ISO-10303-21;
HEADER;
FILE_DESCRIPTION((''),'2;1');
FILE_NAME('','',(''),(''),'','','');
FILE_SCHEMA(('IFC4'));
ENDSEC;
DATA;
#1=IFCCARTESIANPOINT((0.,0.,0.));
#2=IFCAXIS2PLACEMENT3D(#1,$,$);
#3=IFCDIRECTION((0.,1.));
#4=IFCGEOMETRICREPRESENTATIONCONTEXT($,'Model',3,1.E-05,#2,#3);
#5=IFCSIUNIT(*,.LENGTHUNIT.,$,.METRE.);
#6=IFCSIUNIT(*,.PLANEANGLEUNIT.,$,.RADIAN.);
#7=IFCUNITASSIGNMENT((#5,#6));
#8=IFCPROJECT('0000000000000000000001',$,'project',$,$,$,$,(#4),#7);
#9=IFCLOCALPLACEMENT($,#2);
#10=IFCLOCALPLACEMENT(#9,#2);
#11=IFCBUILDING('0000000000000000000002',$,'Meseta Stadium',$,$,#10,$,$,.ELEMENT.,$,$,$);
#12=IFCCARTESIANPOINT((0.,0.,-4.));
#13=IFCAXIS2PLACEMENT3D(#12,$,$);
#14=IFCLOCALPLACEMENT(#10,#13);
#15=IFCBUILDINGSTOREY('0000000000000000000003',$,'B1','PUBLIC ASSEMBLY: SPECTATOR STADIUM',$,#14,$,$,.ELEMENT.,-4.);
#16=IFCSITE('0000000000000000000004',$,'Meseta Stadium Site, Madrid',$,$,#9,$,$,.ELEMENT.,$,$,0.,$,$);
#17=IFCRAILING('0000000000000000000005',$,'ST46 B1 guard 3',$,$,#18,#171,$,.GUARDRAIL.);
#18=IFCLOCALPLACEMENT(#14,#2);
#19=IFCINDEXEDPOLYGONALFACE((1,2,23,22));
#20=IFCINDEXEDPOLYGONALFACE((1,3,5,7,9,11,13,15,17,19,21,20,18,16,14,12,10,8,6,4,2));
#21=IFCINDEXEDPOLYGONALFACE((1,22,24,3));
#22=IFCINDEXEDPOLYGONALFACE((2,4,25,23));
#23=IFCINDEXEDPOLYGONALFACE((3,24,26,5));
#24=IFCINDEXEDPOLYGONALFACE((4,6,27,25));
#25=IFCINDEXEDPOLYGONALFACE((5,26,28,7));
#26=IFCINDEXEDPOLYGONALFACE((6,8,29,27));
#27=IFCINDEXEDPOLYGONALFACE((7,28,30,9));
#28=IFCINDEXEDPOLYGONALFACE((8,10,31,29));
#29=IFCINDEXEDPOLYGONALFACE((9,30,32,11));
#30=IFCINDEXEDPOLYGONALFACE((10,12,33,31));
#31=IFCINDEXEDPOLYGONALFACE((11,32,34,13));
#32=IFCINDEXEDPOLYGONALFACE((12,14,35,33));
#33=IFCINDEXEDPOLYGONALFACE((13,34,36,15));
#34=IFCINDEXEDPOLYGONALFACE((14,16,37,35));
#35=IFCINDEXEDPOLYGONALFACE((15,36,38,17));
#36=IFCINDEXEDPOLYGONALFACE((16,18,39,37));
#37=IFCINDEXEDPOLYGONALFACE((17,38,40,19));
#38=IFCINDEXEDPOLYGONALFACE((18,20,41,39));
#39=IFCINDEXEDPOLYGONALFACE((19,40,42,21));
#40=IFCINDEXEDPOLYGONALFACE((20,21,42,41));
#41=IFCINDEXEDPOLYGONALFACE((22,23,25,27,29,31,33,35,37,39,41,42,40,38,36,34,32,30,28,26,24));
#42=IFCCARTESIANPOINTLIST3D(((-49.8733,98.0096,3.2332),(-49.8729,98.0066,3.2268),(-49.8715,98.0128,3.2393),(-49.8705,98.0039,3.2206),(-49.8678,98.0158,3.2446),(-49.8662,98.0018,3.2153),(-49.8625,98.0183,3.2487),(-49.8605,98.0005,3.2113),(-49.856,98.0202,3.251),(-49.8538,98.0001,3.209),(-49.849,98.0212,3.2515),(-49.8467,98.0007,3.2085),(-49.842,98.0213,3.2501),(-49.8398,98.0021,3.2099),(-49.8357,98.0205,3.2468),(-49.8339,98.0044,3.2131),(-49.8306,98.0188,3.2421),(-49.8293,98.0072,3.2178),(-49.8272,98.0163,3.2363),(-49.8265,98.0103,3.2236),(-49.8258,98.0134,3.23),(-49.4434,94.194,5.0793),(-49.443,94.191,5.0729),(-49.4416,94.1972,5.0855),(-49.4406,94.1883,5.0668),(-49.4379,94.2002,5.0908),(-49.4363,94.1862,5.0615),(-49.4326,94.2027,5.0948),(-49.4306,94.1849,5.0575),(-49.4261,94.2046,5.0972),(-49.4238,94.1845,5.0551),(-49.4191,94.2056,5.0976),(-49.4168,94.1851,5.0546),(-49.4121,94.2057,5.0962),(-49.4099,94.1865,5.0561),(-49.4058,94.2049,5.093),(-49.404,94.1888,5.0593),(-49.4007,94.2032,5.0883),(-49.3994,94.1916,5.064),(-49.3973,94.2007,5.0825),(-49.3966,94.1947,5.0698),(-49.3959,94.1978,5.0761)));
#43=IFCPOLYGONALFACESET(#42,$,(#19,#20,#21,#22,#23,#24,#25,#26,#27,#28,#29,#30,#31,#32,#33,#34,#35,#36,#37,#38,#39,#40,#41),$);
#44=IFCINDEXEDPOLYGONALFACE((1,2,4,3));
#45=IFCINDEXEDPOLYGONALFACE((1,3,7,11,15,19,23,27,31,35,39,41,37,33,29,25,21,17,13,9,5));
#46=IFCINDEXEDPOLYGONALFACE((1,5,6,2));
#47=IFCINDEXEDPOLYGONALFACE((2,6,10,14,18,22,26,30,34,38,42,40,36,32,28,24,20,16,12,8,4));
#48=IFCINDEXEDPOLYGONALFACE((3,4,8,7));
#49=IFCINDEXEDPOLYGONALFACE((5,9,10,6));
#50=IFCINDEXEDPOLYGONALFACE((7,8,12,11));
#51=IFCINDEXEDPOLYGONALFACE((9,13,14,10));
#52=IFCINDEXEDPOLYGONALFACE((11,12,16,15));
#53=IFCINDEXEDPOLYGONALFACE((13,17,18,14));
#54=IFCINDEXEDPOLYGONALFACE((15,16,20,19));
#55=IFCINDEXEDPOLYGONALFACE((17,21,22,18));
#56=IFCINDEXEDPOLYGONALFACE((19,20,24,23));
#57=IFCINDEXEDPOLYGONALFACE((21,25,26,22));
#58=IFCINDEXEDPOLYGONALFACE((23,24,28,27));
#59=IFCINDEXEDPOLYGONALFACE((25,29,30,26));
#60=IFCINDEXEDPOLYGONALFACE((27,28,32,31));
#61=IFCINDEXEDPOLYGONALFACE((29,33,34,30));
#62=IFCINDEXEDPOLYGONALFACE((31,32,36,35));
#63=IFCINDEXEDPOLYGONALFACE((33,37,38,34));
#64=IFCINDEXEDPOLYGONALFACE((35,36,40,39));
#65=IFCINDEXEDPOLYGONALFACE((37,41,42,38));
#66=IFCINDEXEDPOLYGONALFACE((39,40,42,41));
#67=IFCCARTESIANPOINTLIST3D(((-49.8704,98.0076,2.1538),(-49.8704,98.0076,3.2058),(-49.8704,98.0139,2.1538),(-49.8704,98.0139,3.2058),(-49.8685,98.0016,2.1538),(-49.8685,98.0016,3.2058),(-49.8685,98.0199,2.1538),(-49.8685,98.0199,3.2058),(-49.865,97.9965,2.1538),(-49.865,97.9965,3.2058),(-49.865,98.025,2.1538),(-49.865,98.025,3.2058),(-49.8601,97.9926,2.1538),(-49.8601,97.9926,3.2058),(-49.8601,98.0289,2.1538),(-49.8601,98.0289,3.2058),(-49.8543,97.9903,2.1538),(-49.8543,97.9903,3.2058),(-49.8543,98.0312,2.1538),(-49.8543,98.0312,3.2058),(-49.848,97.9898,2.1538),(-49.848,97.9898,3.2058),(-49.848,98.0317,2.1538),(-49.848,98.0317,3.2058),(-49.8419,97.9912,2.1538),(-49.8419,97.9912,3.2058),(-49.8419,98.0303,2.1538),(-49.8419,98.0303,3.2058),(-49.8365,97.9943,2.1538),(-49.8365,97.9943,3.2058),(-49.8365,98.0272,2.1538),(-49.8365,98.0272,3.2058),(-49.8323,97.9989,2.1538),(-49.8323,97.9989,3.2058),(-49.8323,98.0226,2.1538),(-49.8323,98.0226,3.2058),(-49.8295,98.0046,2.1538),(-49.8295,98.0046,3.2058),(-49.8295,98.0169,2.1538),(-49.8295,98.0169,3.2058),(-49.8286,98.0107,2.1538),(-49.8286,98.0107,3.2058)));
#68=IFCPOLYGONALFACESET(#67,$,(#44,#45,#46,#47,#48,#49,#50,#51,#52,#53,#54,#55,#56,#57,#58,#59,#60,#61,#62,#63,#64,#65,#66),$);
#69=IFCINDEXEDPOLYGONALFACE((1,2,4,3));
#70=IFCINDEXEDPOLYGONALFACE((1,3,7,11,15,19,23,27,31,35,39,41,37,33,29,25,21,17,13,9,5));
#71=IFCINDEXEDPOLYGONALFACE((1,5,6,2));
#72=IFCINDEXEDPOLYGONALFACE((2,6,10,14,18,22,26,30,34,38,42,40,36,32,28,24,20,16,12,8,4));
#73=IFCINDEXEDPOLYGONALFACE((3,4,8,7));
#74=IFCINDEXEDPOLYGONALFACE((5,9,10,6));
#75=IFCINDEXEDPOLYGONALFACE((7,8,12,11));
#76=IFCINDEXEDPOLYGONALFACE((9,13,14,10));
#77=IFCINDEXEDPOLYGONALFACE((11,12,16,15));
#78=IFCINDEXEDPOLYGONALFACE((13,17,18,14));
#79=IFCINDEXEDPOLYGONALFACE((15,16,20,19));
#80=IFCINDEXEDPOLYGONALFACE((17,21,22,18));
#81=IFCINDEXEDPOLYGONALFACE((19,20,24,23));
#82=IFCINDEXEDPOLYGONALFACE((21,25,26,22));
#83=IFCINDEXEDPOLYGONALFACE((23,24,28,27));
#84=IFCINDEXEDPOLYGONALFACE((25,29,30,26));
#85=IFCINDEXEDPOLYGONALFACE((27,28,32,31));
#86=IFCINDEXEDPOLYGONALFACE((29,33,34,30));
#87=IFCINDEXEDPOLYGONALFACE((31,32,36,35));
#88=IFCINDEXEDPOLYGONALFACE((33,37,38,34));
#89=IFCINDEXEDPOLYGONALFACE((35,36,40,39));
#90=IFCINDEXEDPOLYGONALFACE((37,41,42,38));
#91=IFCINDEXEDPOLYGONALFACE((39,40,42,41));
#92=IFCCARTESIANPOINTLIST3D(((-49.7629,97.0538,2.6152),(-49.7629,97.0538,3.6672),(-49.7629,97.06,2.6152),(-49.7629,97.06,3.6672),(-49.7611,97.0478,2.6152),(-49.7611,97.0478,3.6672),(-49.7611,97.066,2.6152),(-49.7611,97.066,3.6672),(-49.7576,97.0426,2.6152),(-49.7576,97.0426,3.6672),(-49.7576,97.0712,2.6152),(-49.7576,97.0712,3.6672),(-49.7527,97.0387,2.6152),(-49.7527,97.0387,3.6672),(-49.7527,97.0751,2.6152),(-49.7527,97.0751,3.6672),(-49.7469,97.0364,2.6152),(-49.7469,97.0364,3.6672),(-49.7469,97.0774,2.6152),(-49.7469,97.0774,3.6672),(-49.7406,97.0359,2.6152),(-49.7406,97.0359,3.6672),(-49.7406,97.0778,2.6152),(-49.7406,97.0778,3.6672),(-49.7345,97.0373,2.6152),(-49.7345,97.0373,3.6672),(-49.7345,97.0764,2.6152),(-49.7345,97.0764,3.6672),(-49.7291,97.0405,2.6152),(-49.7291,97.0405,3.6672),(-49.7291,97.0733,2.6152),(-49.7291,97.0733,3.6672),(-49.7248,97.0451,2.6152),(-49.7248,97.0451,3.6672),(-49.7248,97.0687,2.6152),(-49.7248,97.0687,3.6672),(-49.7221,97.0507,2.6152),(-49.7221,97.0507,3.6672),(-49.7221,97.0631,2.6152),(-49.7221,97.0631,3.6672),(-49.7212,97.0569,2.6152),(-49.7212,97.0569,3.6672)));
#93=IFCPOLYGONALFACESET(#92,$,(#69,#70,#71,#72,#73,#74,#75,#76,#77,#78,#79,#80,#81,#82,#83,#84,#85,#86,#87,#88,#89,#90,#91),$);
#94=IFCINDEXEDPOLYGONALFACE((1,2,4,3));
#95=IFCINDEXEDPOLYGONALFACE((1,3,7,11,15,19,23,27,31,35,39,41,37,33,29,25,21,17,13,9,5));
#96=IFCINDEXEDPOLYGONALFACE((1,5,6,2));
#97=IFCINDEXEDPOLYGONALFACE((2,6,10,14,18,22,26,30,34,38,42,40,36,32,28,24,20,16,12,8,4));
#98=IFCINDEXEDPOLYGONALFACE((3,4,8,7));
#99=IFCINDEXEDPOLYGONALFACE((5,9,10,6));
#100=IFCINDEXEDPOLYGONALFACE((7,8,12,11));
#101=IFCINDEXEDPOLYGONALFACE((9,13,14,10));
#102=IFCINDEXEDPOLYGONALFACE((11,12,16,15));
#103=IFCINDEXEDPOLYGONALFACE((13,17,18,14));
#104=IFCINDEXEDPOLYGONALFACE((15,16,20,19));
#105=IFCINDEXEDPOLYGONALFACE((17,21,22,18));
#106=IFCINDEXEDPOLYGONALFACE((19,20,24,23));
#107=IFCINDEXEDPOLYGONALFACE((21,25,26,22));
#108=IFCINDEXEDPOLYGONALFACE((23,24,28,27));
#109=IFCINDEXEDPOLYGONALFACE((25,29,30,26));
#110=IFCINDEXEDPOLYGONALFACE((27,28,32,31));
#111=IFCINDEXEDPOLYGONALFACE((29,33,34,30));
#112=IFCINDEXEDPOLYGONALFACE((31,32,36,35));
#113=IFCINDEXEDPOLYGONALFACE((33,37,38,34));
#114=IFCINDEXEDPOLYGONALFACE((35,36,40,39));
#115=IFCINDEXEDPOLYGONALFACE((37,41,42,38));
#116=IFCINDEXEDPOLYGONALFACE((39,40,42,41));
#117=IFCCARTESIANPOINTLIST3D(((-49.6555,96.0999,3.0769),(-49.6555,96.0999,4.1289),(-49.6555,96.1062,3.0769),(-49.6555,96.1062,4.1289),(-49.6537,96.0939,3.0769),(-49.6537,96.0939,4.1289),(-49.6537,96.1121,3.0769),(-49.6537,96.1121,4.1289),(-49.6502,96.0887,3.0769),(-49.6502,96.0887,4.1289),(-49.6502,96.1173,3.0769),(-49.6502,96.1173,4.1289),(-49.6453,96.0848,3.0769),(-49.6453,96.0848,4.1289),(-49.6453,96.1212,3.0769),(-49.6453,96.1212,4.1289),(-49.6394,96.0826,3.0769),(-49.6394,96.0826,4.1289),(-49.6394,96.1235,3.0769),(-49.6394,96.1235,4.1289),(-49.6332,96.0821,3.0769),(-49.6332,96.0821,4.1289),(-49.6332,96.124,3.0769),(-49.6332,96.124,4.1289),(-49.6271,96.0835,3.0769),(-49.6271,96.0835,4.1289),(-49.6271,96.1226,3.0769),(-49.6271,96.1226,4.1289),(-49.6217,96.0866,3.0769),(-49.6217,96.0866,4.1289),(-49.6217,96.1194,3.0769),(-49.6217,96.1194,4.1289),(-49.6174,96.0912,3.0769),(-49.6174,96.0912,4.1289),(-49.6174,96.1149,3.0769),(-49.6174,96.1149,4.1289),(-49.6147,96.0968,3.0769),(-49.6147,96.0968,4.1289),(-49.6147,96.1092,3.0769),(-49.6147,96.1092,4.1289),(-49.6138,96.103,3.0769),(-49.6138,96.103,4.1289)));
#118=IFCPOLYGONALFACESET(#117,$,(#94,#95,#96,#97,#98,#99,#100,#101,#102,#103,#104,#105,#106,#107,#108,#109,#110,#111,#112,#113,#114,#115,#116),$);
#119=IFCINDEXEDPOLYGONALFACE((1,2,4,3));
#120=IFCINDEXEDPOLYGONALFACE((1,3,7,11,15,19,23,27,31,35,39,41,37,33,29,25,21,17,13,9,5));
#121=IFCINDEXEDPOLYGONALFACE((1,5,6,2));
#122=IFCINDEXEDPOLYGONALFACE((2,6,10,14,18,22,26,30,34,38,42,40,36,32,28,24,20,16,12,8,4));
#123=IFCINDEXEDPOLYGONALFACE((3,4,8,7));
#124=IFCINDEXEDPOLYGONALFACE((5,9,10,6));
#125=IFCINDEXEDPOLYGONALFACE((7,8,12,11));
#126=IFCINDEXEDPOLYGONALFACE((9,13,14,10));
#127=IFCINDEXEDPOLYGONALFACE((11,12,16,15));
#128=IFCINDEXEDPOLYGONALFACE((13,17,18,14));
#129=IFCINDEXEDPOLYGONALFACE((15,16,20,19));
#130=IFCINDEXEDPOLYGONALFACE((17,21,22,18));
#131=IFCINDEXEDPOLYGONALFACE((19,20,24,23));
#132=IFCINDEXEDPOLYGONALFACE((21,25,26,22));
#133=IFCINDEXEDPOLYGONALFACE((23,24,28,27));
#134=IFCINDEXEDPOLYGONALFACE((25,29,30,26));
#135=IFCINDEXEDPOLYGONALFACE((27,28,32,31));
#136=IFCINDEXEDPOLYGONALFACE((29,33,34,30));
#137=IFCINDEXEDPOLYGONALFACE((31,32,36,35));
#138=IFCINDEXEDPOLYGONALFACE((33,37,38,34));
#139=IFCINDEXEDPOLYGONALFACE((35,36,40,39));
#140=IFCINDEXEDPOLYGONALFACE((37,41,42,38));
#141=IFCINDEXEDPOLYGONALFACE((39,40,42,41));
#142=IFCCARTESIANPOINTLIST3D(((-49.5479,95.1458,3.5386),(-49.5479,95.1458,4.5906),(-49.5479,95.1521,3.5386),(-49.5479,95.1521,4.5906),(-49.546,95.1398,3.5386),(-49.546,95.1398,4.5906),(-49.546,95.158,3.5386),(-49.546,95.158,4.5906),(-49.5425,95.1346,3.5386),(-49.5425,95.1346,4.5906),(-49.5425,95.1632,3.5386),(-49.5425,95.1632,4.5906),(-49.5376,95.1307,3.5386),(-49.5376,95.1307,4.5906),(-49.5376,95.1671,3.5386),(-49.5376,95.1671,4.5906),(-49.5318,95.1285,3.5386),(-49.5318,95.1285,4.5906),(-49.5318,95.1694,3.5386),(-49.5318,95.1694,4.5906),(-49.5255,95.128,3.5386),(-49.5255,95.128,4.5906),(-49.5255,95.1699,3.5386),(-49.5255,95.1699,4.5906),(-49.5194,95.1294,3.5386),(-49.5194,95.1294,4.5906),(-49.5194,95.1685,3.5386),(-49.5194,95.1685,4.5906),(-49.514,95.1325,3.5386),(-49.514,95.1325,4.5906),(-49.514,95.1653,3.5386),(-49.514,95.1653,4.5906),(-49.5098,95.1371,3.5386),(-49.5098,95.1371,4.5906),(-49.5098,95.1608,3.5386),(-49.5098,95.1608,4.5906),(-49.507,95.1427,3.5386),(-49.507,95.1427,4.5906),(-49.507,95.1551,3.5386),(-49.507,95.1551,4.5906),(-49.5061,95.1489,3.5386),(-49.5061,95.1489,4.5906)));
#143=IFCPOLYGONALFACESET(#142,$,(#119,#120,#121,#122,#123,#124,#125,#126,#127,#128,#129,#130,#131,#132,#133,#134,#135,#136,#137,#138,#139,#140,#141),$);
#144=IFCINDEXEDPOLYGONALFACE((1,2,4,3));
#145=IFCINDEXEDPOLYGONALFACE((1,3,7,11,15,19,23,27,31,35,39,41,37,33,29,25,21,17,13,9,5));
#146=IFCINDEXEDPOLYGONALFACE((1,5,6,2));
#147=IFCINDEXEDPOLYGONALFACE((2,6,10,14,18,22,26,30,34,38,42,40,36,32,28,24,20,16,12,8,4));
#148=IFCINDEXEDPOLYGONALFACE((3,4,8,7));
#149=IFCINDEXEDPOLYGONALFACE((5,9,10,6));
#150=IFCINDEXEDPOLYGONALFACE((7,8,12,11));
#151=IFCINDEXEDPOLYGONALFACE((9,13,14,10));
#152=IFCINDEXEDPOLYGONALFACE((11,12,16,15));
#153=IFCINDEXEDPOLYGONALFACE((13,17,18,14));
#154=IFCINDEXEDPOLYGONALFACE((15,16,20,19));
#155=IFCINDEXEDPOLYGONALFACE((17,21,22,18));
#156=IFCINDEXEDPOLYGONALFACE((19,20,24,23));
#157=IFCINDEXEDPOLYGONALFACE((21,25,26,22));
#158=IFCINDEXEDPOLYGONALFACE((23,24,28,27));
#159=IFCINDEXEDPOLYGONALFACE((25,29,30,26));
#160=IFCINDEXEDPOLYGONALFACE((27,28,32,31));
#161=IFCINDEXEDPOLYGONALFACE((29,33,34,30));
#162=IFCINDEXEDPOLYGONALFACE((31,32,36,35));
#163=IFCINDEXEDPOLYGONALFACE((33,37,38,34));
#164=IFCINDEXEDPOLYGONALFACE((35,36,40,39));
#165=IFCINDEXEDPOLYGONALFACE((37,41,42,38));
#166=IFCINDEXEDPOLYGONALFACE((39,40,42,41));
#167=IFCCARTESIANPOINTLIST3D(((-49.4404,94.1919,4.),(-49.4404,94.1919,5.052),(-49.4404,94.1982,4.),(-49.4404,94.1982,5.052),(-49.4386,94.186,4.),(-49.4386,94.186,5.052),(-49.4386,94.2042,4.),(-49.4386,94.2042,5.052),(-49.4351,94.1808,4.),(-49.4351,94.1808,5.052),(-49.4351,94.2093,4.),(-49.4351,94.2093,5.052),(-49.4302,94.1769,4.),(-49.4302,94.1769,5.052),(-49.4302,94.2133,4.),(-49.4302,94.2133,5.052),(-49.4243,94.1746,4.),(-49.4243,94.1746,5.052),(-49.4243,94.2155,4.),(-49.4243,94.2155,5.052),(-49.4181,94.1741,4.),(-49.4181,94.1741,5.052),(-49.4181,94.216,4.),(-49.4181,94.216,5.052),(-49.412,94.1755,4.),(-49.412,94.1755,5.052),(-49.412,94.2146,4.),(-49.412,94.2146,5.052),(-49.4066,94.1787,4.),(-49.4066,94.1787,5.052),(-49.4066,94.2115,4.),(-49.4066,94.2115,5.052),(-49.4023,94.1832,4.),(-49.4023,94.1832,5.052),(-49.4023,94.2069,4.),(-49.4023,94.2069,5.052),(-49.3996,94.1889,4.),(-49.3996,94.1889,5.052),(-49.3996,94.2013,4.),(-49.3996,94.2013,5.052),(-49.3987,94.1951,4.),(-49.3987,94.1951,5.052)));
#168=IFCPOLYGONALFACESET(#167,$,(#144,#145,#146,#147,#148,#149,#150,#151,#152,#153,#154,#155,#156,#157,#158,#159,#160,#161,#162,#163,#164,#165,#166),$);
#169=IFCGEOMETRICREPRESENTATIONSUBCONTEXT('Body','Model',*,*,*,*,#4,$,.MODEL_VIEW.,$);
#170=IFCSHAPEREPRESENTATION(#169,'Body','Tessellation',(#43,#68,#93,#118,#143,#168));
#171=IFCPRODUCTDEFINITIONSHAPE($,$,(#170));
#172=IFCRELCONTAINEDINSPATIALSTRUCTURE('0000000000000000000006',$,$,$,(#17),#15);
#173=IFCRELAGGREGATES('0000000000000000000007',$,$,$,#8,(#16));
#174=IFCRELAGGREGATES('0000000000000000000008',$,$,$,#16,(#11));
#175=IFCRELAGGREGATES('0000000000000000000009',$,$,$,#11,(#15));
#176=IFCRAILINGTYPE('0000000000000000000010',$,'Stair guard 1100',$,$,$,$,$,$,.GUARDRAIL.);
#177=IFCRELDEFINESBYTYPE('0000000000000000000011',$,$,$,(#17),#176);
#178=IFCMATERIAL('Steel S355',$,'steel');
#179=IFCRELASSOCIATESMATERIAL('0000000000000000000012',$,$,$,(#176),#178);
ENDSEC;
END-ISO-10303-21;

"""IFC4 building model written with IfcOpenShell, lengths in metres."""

from ifc_helpers import new_model, si_unit, direction, frame, origin, origin_2d, place, context, subcontext, project, spatial, circle, extrude, material, type_object, element, save


model = new_model("IFC4")

# Units and contexts
model_context = context("Model", 3, precision=1e-05, world=origin(), true_north=direction((0.0, 1.0)))
body_context = subcontext(model_context, "Body", "Model", "MODEL_VIEW")
ifc_project = project(units=[si_unit("LENGTHUNIT", "METRE"), si_unit("PLANEANGLEUNIT", "RADIAN")], contexts=[model_context])

# Site, building, storey
site_placement = place(None, origin())
site = spatial("IfcSite", under=ifc_project, at=site_placement, Name="Meseta Stadium Site, Madrid", CompositionType="ELEMENT", RefElevation=0.0)
building_placement = place(site_placement, origin())
building = spatial("IfcBuilding", under=site, at=building_placement, Name="Meseta Stadium", CompositionType="ELEMENT")
storey_placement = place(building_placement, frame((0.0, 0.0, -4.0)))
storey = spatial("IfcBuildingStorey", under=building, at=storey_placement, Name="B1", Description="PUBLIC ASSEMBLY: SPECTATOR STADIUM", CompositionType="ELEMENT", Elevation=-4.0)

# Railing
ifc_material_1 = material(Name="Steel S355", Category="steel")
railing_type_1 = type_object("IfcRailingType", Name="Stair guard 1100", PredefinedType="GUARDRAIL", material=ifc_material_1)
railing_1_placement = place(storey_placement, frame((-49.8496, 98.0107, 2.1538)))
element("IfcRailing", 1, at=railing_1_placement, inside=storey, type_object=railing_type_1, Name="ST46 B1 guard 3", PredefinedType="GUARDRAIL", context=body_context, shape_type="SweptSolid", body=[
    extrude(circle(Radius=0.0239, at=origin_2d()), frame((0.0, 0.0, 1.0762), z_axis=(0.100909, -0.895574, 0.433318), x_axis=(0.993712, 0.111967, 0.0)), (0.0, 0.0, 1.0), 4.2605),
    extrude(circle(Radius=0.021, at=origin_2d()), origin(), (0.0, 0.0, 1.0), 1.052),
    extrude(circle(Radius=0.021, at=origin_2d()), frame((0.1074, -0.9539, 0.4614)), (0.0, 0.0, 1.0), 1.052),
    extrude(circle(Radius=0.021, at=origin_2d()), frame((0.2148, -1.9077, 0.9231)), (0.0, 0.0, 1.0), 1.052),
    extrude(circle(Radius=0.021, at=origin_2d()), frame((0.3225, -2.8618, 1.3848)), (0.0, 0.0, 1.0), 1.052),
    extrude(circle(Radius=0.021, at=origin_2d()), frame((0.4299, -3.8157, 1.8462)), (0.0, 0.0, 1.0), 1.052),
])

save(model, "model.ifc")
